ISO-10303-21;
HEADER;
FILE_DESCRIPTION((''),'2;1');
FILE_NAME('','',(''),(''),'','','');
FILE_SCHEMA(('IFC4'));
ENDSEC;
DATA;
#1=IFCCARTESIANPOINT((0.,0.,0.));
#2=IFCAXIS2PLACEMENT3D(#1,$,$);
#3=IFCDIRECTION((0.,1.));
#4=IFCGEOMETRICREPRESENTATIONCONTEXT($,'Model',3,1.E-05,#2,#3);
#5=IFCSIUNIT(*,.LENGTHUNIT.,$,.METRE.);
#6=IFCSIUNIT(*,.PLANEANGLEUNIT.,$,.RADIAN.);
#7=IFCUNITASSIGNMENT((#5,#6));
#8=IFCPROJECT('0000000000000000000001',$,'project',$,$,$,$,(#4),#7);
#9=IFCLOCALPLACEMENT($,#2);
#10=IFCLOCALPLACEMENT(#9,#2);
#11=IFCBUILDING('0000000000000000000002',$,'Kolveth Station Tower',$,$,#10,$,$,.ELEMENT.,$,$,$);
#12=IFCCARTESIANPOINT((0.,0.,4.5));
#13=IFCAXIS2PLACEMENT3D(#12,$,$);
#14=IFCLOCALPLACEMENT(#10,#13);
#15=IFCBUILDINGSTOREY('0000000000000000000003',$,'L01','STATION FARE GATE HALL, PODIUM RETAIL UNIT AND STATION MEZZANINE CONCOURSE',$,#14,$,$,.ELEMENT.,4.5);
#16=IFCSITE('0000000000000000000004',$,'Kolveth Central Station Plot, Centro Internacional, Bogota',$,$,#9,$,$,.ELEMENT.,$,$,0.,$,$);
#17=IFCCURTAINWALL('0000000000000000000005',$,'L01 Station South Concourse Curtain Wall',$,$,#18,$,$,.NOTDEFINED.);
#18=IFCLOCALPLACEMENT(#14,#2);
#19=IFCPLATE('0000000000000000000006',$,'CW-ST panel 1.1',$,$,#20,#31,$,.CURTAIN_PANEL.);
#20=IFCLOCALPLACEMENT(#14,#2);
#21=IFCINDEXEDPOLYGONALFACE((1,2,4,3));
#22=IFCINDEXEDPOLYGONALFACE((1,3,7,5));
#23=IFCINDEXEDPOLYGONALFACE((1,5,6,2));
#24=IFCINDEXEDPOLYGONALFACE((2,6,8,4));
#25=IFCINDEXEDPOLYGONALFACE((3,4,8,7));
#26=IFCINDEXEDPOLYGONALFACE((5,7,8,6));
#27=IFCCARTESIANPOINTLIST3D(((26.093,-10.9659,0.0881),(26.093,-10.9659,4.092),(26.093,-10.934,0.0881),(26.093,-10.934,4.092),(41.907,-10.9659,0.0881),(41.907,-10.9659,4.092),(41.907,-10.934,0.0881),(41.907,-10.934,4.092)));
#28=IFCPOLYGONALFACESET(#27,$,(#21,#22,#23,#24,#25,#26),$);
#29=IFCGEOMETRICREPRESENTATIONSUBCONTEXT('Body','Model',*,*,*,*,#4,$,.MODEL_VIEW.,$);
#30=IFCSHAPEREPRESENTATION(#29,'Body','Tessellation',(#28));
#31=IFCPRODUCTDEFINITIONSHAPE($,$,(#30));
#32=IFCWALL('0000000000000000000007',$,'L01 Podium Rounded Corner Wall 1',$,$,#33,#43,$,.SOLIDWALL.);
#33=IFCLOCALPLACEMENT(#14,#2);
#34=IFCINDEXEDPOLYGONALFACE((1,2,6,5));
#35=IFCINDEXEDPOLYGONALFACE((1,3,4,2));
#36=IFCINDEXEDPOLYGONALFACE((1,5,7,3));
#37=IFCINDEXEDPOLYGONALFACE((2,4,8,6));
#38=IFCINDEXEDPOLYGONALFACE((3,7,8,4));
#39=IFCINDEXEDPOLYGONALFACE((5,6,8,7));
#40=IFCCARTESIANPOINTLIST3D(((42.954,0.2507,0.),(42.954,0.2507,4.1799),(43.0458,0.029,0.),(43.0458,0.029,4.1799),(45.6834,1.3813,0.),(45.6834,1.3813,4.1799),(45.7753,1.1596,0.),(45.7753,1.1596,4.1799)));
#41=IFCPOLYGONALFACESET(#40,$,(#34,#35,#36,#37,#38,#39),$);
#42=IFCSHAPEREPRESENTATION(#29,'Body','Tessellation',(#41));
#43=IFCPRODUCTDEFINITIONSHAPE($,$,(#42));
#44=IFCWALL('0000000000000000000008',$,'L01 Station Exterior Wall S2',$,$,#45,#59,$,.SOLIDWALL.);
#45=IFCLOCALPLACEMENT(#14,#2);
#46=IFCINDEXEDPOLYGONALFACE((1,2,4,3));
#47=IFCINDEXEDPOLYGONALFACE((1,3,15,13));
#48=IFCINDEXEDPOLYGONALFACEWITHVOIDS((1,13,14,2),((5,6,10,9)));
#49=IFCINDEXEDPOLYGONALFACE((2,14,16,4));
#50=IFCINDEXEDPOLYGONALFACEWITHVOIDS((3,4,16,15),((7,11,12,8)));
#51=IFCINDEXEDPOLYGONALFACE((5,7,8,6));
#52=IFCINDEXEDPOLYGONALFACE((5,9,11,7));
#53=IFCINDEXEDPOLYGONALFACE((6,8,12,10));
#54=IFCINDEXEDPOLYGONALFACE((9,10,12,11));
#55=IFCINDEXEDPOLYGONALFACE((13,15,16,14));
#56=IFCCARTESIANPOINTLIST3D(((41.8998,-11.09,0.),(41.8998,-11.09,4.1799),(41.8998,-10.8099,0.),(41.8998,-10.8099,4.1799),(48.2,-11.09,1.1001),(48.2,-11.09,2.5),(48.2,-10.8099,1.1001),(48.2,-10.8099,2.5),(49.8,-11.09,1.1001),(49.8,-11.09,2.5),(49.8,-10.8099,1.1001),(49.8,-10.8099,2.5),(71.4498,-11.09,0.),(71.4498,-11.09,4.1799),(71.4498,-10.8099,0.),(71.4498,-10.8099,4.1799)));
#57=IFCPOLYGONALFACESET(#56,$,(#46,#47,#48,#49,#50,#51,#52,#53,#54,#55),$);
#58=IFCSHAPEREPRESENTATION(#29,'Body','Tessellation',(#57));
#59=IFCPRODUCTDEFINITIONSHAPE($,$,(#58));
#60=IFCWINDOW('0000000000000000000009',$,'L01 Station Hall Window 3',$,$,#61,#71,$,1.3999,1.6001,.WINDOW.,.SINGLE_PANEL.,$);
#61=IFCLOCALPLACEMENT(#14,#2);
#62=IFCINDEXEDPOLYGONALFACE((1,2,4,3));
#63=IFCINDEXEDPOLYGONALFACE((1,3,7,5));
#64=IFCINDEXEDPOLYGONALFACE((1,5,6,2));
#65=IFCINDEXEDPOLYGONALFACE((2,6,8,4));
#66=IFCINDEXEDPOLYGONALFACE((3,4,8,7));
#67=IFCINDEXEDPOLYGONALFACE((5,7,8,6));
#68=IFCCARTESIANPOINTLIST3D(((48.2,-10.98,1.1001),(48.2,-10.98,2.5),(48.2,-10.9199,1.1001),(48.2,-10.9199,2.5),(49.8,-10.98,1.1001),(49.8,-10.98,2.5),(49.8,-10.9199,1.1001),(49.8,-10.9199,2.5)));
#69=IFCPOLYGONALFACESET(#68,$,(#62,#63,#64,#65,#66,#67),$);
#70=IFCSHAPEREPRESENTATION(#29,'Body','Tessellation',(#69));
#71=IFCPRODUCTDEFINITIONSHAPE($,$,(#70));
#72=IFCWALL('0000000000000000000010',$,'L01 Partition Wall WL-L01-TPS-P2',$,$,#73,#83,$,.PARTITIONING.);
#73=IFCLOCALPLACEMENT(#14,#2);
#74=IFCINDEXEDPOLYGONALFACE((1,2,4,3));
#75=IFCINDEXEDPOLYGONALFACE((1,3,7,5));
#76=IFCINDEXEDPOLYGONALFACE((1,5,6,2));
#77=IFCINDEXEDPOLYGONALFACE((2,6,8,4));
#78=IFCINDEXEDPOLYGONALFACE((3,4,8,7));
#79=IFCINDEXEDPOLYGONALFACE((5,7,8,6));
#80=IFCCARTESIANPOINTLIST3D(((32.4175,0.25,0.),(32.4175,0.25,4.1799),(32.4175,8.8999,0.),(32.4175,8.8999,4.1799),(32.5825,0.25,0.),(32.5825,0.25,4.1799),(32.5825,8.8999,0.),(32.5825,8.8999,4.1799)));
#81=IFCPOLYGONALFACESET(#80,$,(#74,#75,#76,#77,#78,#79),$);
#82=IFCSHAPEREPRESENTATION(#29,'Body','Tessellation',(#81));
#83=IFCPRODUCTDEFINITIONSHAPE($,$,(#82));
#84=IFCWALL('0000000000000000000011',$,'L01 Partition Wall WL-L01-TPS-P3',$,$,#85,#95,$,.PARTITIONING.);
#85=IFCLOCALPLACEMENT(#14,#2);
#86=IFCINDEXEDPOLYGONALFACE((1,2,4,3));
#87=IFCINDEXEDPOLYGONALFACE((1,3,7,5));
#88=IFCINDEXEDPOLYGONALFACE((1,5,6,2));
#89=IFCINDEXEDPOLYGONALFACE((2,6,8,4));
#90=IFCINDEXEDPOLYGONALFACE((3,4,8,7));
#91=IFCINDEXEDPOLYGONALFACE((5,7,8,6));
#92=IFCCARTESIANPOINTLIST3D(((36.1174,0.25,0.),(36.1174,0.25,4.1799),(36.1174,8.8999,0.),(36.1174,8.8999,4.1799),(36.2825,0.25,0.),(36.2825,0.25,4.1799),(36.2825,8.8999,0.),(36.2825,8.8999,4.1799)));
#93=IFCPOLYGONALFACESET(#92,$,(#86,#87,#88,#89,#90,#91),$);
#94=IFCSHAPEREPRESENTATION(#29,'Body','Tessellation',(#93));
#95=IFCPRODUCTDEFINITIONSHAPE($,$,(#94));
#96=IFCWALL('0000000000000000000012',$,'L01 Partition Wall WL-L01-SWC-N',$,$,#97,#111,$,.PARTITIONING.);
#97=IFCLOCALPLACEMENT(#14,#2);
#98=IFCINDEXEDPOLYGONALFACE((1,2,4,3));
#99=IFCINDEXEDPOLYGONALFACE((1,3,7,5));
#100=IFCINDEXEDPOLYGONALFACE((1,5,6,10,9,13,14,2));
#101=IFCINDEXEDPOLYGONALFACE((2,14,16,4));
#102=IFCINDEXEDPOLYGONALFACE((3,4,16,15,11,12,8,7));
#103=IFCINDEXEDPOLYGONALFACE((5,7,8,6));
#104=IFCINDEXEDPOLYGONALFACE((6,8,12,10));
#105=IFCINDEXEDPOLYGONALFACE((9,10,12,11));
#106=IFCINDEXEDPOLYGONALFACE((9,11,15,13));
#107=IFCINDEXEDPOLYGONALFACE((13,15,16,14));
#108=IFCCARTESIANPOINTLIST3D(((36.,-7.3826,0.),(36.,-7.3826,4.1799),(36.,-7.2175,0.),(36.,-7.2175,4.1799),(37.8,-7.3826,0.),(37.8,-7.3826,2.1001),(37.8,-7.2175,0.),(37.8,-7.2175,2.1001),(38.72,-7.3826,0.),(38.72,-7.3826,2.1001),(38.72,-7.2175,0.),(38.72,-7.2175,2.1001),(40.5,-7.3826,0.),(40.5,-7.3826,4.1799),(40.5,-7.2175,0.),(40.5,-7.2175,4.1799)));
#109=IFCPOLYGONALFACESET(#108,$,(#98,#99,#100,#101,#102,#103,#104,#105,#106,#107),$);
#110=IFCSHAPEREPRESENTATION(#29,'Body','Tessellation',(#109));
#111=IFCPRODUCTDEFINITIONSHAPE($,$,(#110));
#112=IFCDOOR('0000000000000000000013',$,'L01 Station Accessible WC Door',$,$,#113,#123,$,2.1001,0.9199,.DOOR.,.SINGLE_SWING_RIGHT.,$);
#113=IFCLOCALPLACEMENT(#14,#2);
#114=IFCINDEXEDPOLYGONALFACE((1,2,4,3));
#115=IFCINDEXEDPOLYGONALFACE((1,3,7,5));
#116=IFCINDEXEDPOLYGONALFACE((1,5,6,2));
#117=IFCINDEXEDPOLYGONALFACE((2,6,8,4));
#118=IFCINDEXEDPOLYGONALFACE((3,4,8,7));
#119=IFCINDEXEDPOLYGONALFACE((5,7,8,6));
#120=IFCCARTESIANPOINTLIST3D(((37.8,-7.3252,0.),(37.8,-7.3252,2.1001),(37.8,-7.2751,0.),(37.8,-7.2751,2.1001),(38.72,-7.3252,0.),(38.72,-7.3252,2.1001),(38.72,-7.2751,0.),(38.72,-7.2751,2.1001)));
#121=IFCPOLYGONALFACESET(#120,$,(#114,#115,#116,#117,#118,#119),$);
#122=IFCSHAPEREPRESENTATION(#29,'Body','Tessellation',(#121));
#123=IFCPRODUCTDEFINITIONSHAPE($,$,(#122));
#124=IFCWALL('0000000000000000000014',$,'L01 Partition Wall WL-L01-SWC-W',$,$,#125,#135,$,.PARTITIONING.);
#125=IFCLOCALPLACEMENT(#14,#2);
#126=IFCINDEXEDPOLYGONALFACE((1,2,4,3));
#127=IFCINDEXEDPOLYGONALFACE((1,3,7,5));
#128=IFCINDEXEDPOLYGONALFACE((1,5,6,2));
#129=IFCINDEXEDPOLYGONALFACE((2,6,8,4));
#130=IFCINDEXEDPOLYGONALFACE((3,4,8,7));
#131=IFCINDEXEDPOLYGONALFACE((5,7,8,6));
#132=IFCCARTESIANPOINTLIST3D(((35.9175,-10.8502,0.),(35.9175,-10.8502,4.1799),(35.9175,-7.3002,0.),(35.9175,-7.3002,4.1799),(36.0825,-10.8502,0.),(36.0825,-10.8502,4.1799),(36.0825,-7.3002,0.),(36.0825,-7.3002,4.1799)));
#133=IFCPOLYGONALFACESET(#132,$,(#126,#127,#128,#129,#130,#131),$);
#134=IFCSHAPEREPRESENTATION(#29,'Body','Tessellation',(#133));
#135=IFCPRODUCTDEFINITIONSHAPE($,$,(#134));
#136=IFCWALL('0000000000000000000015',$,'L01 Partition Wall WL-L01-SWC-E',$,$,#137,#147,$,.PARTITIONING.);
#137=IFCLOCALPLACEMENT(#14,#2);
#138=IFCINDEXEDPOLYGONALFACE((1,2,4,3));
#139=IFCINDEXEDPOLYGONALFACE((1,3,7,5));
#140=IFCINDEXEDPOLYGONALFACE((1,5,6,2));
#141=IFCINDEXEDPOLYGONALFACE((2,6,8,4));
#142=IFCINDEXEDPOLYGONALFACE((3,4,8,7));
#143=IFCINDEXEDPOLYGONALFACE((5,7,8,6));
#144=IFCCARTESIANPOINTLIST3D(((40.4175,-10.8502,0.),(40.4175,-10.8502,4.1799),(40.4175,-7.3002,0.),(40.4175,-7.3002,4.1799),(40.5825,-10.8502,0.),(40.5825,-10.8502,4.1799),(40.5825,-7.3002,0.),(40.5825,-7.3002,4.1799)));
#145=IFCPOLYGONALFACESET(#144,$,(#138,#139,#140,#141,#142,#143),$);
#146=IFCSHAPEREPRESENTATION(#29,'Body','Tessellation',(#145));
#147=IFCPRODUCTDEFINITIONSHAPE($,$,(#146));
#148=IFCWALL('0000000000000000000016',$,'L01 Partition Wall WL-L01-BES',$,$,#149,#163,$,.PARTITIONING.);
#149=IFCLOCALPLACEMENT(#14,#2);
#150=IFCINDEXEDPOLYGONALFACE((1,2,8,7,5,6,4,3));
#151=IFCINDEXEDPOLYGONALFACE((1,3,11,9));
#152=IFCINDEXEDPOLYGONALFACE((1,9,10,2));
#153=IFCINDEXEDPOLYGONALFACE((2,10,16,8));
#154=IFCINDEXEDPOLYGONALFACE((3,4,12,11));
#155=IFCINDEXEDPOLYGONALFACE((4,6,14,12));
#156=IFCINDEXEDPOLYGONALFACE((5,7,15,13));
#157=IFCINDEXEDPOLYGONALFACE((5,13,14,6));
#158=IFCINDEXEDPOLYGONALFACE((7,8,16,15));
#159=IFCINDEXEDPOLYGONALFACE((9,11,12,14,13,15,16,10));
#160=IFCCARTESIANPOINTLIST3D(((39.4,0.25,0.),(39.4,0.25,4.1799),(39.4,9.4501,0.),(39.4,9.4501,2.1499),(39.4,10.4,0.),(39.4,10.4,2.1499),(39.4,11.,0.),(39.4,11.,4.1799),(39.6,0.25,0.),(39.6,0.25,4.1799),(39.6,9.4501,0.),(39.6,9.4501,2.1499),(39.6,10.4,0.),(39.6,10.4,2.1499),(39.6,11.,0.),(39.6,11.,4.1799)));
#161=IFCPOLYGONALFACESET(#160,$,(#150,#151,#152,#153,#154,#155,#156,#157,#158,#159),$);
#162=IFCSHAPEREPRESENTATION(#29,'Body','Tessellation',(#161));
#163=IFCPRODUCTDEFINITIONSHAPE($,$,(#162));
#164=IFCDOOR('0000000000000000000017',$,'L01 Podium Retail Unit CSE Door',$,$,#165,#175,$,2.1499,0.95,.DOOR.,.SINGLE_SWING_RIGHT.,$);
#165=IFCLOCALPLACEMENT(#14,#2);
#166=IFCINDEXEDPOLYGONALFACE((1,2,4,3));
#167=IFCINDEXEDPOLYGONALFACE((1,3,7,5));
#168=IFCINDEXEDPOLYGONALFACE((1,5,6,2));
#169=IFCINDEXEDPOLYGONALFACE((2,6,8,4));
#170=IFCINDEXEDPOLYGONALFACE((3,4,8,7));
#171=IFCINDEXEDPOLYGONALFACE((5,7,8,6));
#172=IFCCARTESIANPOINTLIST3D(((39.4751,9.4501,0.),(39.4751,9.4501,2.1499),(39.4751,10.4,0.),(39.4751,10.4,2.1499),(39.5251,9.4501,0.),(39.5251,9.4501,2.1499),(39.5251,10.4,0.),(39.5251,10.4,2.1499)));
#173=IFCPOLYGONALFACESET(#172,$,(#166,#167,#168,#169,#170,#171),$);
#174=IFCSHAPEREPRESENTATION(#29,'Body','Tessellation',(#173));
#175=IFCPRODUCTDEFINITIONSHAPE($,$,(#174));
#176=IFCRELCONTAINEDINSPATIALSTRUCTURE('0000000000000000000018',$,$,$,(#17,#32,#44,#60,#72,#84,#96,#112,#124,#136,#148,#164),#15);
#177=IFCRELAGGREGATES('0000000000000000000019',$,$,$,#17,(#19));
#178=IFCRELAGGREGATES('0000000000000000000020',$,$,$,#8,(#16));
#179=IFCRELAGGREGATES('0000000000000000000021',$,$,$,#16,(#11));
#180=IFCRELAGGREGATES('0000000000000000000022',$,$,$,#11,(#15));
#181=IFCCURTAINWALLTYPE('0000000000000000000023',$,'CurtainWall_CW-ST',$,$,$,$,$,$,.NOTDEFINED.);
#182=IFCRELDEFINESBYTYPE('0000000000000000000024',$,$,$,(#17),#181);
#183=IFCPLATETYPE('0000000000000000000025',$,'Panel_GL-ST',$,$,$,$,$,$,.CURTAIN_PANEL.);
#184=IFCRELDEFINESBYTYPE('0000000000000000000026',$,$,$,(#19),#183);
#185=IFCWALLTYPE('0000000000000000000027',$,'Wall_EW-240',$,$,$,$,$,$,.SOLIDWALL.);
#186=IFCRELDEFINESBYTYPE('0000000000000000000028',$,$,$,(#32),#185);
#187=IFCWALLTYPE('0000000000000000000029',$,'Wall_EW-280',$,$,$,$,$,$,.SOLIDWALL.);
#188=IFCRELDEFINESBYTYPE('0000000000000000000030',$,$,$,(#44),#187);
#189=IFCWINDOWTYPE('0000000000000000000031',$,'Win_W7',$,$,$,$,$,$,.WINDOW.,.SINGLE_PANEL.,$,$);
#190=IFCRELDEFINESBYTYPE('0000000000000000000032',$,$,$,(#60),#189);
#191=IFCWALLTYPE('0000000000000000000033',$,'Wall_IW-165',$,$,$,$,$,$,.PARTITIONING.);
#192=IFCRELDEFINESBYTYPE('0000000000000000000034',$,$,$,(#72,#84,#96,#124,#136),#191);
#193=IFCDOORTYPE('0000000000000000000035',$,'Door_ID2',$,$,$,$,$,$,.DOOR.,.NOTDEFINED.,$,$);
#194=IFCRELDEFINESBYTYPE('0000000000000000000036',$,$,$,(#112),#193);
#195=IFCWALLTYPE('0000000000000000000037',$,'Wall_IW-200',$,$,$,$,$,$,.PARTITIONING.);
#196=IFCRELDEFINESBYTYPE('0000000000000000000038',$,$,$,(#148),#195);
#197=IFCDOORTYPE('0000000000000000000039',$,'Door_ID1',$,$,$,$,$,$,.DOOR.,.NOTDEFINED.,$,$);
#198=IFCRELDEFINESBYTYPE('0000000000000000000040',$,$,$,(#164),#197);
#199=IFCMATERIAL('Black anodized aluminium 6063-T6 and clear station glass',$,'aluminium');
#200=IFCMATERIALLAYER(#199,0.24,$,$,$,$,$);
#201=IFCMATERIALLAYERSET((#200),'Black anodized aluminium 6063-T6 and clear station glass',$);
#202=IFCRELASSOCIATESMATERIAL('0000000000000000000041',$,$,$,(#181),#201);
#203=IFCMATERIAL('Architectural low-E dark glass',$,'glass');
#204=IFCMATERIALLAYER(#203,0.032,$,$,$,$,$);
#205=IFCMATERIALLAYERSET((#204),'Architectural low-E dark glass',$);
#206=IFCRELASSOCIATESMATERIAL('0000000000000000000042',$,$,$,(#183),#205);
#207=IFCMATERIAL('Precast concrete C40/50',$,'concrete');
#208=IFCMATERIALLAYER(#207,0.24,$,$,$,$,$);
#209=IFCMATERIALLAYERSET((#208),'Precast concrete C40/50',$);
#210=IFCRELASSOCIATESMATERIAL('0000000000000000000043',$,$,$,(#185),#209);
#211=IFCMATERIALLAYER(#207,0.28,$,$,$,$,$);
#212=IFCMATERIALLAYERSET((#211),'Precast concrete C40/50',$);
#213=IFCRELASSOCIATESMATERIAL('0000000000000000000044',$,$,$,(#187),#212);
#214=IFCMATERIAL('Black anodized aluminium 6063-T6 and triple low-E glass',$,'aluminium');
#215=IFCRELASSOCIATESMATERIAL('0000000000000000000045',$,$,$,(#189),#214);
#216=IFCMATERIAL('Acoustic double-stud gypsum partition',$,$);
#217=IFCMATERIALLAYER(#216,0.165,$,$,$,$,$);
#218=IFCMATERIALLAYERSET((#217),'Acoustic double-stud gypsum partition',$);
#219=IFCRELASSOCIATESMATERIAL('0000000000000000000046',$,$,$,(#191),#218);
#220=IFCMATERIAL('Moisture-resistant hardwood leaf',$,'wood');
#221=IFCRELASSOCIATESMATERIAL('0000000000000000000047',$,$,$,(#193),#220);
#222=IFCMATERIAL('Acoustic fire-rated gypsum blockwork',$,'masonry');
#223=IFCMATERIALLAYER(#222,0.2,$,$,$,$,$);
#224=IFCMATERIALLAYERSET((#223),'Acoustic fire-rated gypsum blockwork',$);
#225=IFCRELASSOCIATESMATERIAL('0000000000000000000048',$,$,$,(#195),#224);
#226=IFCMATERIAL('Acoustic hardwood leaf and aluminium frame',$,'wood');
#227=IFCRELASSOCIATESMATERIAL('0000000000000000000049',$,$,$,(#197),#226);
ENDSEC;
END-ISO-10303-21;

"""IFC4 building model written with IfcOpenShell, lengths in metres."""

from ifc_helpers import new_model, si_unit, direction, frame, frame_2d, origin, origin_2d, place, context, subcontext, project, spatial, rectangle, extrude, source, transform, mapped, material, layer, layer_set, type_object, element, fill, aggregate, save


model = new_model("IFC4")

# Units and contexts
model_context = context("Model", 3, precision=1e-05, world=origin(), true_north=direction((0.0, 1.0)))
body_context = subcontext(model_context, "Body", "Model", "MODEL_VIEW")
ifc_project = project(units=[si_unit("LENGTHUNIT", "METRE"), si_unit("PLANEANGLEUNIT", "RADIAN")], contexts=[model_context])

# Site, building, storey
site_placement = place(None, origin())
site = spatial("IfcSite", under=ifc_project, at=site_placement, Name="Kolveth Central Station Plot, Centro Internacional, Bogota", CompositionType="ELEMENT", RefElevation=0.0)
building_placement = place(site_placement, origin())
building = spatial("IfcBuilding", under=site, at=building_placement, Name="Kolveth Station Tower", CompositionType="ELEMENT")
storey_placement = place(building_placement, frame((0.0, 0.0, 4.5)))
storey = spatial("IfcBuildingStorey", under=building, at=storey_placement, Name="L01", Description="STATION FARE GATE HALL, PODIUM RETAIL UNIT AND STATION MEZZANINE CONCOURSE", CompositionType="ELEMENT", Elevation=4.5)

# Shared definitions
ifc_material_1 = material(Name="Black anodized aluminium 6063-T6 and clear station glass", Category="aluminium")
ifc_layer_1 = layer(ifc_material_1, 0.24)
ifc_layer_set_1 = layer_set([ifc_layer_1], Name="Black anodized aluminium 6063-T6 and clear station glass")
curtain_wall_type = type_object("IfcCurtainWallType", Name="CurtainWall_CW-ST", PredefinedType="NOTDEFINED", material=ifc_layer_set_1)

# Curtain wall
curtain_wall_1_placement = place(storey_placement, origin())
curtain_wall_1 = element("IfcCurtainWall", 1, at=curtain_wall_1_placement, inside=storey, type_object=curtain_wall_type, Name="L01 Station South Concourse Curtain Wall", PredefinedType="NOTDEFINED")

# Plate
ifc_material_2 = material(Name="Architectural low-E dark glass", Category="glass")
ifc_layer_2 = layer(ifc_material_2, 0.032)
ifc_layer_set_2 = layer_set([ifc_layer_2], Name="Architectural low-E dark glass")
plate_type = type_object("IfcPlateType", Name="Panel_GL-ST", PredefinedType="CURTAIN_PANEL", material=ifc_layer_set_2)
shared_shape_1 = source(origin(), body_context, "Body", "SweptSolid", [
    extrude(rectangle(XDim=15.814, YDim=0.032, at=origin_2d()), origin(), (0.0, 0.0, 1.0), 4.0039),
])
plate_1_placement = place(storey_placement, frame((34.0, -10.95, 0.0881), z_axis=(0.0, 0.0, 1.0), x_axis=(1.0, 0.0, 0.0)))
plate_1 = element("IfcPlate", 2, at=plate_1_placement, type_object=plate_type, Name="CW-ST panel 1.1", PredefinedType="CURTAIN_PANEL", context=body_context, shape_type="MappedRepresentation", body=[
    mapped(shared_shape_1, transform((0.0, 0.0, 0.0), x_axis=(1.0, 0.0, 0.0), y_axis=(0.0, 1.0, 0.0), z_axis=(0.0, 0.0, 1.0), scale=1.0)),
])
aggregate(curtain_wall_1, [plate_1])

# Wall
ifc_material_3 = material(Name="Precast concrete C40/50", Category="concrete")
ifc_layer_3 = layer(ifc_material_3, 0.24)
ifc_layer_set_3 = layer_set([ifc_layer_3], Name="Precast concrete C40/50")
wall_type_1 = type_object("IfcWallType", Name="Wall_EW-240", PredefinedType="SOLIDWALL", material=ifc_layer_set_3)
wall_1_placement = place(storey_placement, frame((43.0, 0.1399, 0.0), z_axis=(0.0, 0.0, 1.0), x_axis=(0.923877, 0.38269, 0.0)))
element("IfcWall", 3, at=wall_1_placement, inside=storey, type_object=wall_type_1, Name="L01 Podium Rounded Corner Wall 1", PredefinedType="SOLIDWALL", context=body_context, shape_type="SweptSolid", body=[
    extrude(rectangle(XDim=2.9543, YDim=0.24, at=frame_2d((1.4771, 0.0))), origin(), (0.0, 0.0, 1.0), 4.1799),
])

# Wall, opening, window
ifc_layer_4 = layer(ifc_material_3, 0.28)
ifc_layer_set_4 = layer_set([ifc_layer_4], Name="Precast concrete C40/50")
wall_type_2 = type_object("IfcWallType", Name="Wall_EW-280", PredefinedType="SOLIDWALL", material=ifc_layer_set_4)
wall_2_placement = place(storey_placement, frame((41.8999, -10.95, 0.0), z_axis=(0.0, 0.0, 1.0), x_axis=(1.0, 0.0, 0.0)))
wall_2 = element("IfcWall", 4, at=wall_2_placement, inside=storey, type_object=wall_type_2, Name="L01 Station Exterior Wall S2", PredefinedType="SOLIDWALL", context=body_context, shape_type="SweptSolid", body=[
    extrude(rectangle(XDim=29.55, YDim=0.28, at=frame_2d((14.7749, 0.0))), origin(), (0.0, 0.0, 1.0), 4.1799),
])
opening_1_placement = place(wall_2_placement, frame((6.3, 0.0, 1.1001)))
opening_1 = element("IfcOpeningElement", 5, at=opening_1_placement, cuts=wall_2, PredefinedType="OPENING", context=body_context, shape_type="SweptSolid", body=[
    extrude(rectangle(XDim=1.6001, YDim=1.3999, at=frame_2d((0.8, 0.7))), frame((0.0, 0.1499, 0.0), z_axis=(0.0, -1.0, 0.0), x_axis=(1.0, 0.0, 0.0)), (0.0, 0.0, 1.0), 0.3),
])
ifc_material_4 = material(Name="Black anodized aluminium 6063-T6 and triple low-E glass", Category="aluminium")
window_type = type_object("IfcWindowType", Name="Win_W7", PartitioningType="SINGLE_PANEL", PredefinedType="WINDOW", material=ifc_material_4)
window_placement = place(opening_1_placement, origin())
window = element("IfcWindow", 6, at=window_placement, inside=storey, type_object=window_type, Name="L01 Station Hall Window 3", OverallHeight=1.3999, OverallWidth=1.6001, PartitioningType="SINGLE_PANEL", PredefinedType="WINDOW", context=body_context, shape_type="SweptSolid", body=[
    extrude(rectangle(XDim=1.6001, YDim=1.3999, at=frame_2d((0.8, 0.7))), frame((0.0, 0.03, 0.0), z_axis=(0.0, -1.0, 0.0), x_axis=(1.0, 0.0, 0.0)), (0.0, 0.0, 1.0), 0.0601),
])
fill(opening_1, window)

# Walls
ifc_material_5 = material(Name="Acoustic double-stud gypsum partition")
ifc_layer_5 = layer(ifc_material_5, 0.165)
ifc_layer_set_5 = layer_set([ifc_layer_5], Name="Acoustic double-stud gypsum partition")
wall_type_3 = type_object("IfcWallType", Name="Wall_IW-165", PredefinedType="PARTITIONING", material=ifc_layer_set_5)
for number, where, z_axis, x_axis, name in (
    (7, (32.5, 0.25, 0.0), (0.0, 0.0, 1.0), (0.0, 1.0, 0.0), "L01 Partition Wall WL-L01-TPS-P2"),
    (8, (36.2, 0.25, 0.0), (0.0, 0.0, 1.0), (0.0, 1.0, 0.0), "L01 Partition Wall WL-L01-TPS-P3"),
):
    element("IfcWall", number, at=place(storey_placement, frame(where, z_axis=z_axis, x_axis=x_axis)), inside=storey, type_object=wall_type_3, Name=name, PredefinedType="PARTITIONING", context=body_context, shape_type="SweptSolid", body=[
        extrude(rectangle(XDim=8.6499, YDim=0.165, at=frame_2d((4.325, 0.0))), origin(), (0.0, 0.0, 1.0), 4.1799),
    ])

# Wall, opening, door
wall_3_placement = place(storey_placement, frame((36.0, -7.3, 0.0), z_axis=(0.0, 0.0, 1.0), x_axis=(1.0, 0.0, 0.0)))
wall_3 = element("IfcWall", 9, at=wall_3_placement, inside=storey, type_object=wall_type_3, Name="L01 Partition Wall WL-L01-SWC-N", PredefinedType="PARTITIONING", context=body_context, shape_type="SweptSolid", body=[
    extrude(rectangle(XDim=4.5, YDim=0.165, at=frame_2d((2.25, 0.0))), origin(), (0.0, 0.0, 1.0), 4.1799),
])
opening_2_placement = place(wall_3_placement, frame((1.8, 0.0, 0.0)))
opening_2 = element("IfcOpeningElement", 10, at=opening_2_placement, cuts=wall_3, PredefinedType="OPENING", context=body_context, shape_type="SweptSolid", body=[
    extrude(rectangle(XDim=0.9199, YDim=2.1001, at=frame_2d((0.46, 1.05))), frame((0.0, 0.0925, 0.0), z_axis=(0.0, -1.0, 0.0), x_axis=(1.0, 0.0, 0.0)), (0.0, 0.0, 1.0), 0.1851),
])
ifc_material_6 = material(Name="Moisture-resistant hardwood leaf", Category="wood")
door_type_1 = type_object("IfcDoorType", Name="Door_ID2", OperationType="NOTDEFINED", PredefinedType="DOOR", material=ifc_material_6)
door_1_placement = place(opening_2_placement, origin())
door_1 = element("IfcDoor", 11, at=door_1_placement, inside=storey, type_object=door_type_1, Name="L01 Station Accessible WC Door", OperationType="SINGLE_SWING_RIGHT", OverallHeight=2.1001, OverallWidth=0.9199, PredefinedType="DOOR", context=body_context, shape_type="SweptSolid", body=[
    extrude(rectangle(XDim=0.9199, YDim=2.1001, at=frame_2d((0.46, 1.05))), frame((0.0, 0.0249, 0.0), z_axis=(0.0, -1.0, 0.0), x_axis=(1.0, 0.0, 0.0)), (0.0, 0.0, 1.0), 0.05),
])
fill(opening_2, door_1)

# Walls
for number, where, z_axis, x_axis, name in (
    (12, (36.0, -10.8501, 0.0), (0.0, 0.0, 1.0), (0.0, 1.0, 0.0), "L01 Partition Wall WL-L01-SWC-W"),
    (13, (40.5, -10.8501, 0.0), (0.0, 0.0, 1.0), (0.0, 1.0, 0.0), "L01 Partition Wall WL-L01-SWC-E"),
):
    element("IfcWall", number, at=place(storey_placement, frame(where, z_axis=z_axis, x_axis=x_axis)), inside=storey, type_object=wall_type_3, Name=name, PredefinedType="PARTITIONING", context=body_context, shape_type="SweptSolid", body=[
        extrude(rectangle(XDim=3.55, YDim=0.165, at=frame_2d((1.7749, 0.0))), origin(), (0.0, 0.0, 1.0), 4.1799),
    ])

# Wall, opening, door
ifc_material_7 = material(Name="Acoustic fire-rated gypsum blockwork", Category="masonry")
ifc_layer_6 = layer(ifc_material_7, 0.2)
ifc_layer_set_6 = layer_set([ifc_layer_6], Name="Acoustic fire-rated gypsum blockwork")
wall_type_4 = type_object("IfcWallType", Name="Wall_IW-200", PredefinedType="PARTITIONING", material=ifc_layer_set_6)
wall_4_placement = place(storey_placement, frame((39.5, 0.25, 0.0), z_axis=(0.0, 0.0, 1.0), x_axis=(0.0, 1.0, 0.0)))
wall_4 = element("IfcWall", 14, at=wall_4_placement, inside=storey, type_object=wall_type_4, Name="L01 Partition Wall WL-L01-BES", PredefinedType="PARTITIONING", context=body_context, shape_type="SweptSolid", body=[
    extrude(rectangle(XDim=10.75, YDim=0.2, at=frame_2d((5.375, 0.0))), origin(), (0.0, 0.0, 1.0), 4.1799),
])
opening_3_placement = place(wall_4_placement, frame((9.2, 0.0, 0.0)))
opening_3 = element("IfcOpeningElement", 15, at=opening_3_placement, cuts=wall_4, PredefinedType="OPENING", context=body_context, shape_type="SweptSolid", body=[
    extrude(rectangle(XDim=0.95, YDim=2.1499, at=frame_2d((0.4751, 1.075))), frame((0.0, 0.1099, 0.0), z_axis=(0.0, -1.0, 0.0), x_axis=(1.0, 0.0, 0.0)), (0.0, 0.0, 1.0), 0.22),
])
ifc_material_8 = material(Name="Acoustic hardwood leaf and aluminium frame", Category="wood")
door_type_2 = type_object("IfcDoorType", Name="Door_ID1", OperationType="NOTDEFINED", PredefinedType="DOOR", material=ifc_material_8)
door_2_placement = place(opening_3_placement, origin())
door_2 = element("IfcDoor", 16, at=door_2_placement, inside=storey, type_object=door_type_2, Name="L01 Podium Retail Unit CSE Door", OperationType="SINGLE_SWING_RIGHT", OverallHeight=2.1499, OverallWidth=0.95, PredefinedType="DOOR", context=body_context, shape_type="SweptSolid", body=[
    extrude(rectangle(XDim=0.95, YDim=2.1499, at=frame_2d((0.4751, 1.075))), frame((0.0, 0.0249, 0.0), z_axis=(0.0, -1.0, 0.0), x_axis=(1.0, 0.0, 0.0)), (0.0, 0.0, 1.0), 0.05),
])
fill(opening_3, door_2)

save(model, "model.ifc")
